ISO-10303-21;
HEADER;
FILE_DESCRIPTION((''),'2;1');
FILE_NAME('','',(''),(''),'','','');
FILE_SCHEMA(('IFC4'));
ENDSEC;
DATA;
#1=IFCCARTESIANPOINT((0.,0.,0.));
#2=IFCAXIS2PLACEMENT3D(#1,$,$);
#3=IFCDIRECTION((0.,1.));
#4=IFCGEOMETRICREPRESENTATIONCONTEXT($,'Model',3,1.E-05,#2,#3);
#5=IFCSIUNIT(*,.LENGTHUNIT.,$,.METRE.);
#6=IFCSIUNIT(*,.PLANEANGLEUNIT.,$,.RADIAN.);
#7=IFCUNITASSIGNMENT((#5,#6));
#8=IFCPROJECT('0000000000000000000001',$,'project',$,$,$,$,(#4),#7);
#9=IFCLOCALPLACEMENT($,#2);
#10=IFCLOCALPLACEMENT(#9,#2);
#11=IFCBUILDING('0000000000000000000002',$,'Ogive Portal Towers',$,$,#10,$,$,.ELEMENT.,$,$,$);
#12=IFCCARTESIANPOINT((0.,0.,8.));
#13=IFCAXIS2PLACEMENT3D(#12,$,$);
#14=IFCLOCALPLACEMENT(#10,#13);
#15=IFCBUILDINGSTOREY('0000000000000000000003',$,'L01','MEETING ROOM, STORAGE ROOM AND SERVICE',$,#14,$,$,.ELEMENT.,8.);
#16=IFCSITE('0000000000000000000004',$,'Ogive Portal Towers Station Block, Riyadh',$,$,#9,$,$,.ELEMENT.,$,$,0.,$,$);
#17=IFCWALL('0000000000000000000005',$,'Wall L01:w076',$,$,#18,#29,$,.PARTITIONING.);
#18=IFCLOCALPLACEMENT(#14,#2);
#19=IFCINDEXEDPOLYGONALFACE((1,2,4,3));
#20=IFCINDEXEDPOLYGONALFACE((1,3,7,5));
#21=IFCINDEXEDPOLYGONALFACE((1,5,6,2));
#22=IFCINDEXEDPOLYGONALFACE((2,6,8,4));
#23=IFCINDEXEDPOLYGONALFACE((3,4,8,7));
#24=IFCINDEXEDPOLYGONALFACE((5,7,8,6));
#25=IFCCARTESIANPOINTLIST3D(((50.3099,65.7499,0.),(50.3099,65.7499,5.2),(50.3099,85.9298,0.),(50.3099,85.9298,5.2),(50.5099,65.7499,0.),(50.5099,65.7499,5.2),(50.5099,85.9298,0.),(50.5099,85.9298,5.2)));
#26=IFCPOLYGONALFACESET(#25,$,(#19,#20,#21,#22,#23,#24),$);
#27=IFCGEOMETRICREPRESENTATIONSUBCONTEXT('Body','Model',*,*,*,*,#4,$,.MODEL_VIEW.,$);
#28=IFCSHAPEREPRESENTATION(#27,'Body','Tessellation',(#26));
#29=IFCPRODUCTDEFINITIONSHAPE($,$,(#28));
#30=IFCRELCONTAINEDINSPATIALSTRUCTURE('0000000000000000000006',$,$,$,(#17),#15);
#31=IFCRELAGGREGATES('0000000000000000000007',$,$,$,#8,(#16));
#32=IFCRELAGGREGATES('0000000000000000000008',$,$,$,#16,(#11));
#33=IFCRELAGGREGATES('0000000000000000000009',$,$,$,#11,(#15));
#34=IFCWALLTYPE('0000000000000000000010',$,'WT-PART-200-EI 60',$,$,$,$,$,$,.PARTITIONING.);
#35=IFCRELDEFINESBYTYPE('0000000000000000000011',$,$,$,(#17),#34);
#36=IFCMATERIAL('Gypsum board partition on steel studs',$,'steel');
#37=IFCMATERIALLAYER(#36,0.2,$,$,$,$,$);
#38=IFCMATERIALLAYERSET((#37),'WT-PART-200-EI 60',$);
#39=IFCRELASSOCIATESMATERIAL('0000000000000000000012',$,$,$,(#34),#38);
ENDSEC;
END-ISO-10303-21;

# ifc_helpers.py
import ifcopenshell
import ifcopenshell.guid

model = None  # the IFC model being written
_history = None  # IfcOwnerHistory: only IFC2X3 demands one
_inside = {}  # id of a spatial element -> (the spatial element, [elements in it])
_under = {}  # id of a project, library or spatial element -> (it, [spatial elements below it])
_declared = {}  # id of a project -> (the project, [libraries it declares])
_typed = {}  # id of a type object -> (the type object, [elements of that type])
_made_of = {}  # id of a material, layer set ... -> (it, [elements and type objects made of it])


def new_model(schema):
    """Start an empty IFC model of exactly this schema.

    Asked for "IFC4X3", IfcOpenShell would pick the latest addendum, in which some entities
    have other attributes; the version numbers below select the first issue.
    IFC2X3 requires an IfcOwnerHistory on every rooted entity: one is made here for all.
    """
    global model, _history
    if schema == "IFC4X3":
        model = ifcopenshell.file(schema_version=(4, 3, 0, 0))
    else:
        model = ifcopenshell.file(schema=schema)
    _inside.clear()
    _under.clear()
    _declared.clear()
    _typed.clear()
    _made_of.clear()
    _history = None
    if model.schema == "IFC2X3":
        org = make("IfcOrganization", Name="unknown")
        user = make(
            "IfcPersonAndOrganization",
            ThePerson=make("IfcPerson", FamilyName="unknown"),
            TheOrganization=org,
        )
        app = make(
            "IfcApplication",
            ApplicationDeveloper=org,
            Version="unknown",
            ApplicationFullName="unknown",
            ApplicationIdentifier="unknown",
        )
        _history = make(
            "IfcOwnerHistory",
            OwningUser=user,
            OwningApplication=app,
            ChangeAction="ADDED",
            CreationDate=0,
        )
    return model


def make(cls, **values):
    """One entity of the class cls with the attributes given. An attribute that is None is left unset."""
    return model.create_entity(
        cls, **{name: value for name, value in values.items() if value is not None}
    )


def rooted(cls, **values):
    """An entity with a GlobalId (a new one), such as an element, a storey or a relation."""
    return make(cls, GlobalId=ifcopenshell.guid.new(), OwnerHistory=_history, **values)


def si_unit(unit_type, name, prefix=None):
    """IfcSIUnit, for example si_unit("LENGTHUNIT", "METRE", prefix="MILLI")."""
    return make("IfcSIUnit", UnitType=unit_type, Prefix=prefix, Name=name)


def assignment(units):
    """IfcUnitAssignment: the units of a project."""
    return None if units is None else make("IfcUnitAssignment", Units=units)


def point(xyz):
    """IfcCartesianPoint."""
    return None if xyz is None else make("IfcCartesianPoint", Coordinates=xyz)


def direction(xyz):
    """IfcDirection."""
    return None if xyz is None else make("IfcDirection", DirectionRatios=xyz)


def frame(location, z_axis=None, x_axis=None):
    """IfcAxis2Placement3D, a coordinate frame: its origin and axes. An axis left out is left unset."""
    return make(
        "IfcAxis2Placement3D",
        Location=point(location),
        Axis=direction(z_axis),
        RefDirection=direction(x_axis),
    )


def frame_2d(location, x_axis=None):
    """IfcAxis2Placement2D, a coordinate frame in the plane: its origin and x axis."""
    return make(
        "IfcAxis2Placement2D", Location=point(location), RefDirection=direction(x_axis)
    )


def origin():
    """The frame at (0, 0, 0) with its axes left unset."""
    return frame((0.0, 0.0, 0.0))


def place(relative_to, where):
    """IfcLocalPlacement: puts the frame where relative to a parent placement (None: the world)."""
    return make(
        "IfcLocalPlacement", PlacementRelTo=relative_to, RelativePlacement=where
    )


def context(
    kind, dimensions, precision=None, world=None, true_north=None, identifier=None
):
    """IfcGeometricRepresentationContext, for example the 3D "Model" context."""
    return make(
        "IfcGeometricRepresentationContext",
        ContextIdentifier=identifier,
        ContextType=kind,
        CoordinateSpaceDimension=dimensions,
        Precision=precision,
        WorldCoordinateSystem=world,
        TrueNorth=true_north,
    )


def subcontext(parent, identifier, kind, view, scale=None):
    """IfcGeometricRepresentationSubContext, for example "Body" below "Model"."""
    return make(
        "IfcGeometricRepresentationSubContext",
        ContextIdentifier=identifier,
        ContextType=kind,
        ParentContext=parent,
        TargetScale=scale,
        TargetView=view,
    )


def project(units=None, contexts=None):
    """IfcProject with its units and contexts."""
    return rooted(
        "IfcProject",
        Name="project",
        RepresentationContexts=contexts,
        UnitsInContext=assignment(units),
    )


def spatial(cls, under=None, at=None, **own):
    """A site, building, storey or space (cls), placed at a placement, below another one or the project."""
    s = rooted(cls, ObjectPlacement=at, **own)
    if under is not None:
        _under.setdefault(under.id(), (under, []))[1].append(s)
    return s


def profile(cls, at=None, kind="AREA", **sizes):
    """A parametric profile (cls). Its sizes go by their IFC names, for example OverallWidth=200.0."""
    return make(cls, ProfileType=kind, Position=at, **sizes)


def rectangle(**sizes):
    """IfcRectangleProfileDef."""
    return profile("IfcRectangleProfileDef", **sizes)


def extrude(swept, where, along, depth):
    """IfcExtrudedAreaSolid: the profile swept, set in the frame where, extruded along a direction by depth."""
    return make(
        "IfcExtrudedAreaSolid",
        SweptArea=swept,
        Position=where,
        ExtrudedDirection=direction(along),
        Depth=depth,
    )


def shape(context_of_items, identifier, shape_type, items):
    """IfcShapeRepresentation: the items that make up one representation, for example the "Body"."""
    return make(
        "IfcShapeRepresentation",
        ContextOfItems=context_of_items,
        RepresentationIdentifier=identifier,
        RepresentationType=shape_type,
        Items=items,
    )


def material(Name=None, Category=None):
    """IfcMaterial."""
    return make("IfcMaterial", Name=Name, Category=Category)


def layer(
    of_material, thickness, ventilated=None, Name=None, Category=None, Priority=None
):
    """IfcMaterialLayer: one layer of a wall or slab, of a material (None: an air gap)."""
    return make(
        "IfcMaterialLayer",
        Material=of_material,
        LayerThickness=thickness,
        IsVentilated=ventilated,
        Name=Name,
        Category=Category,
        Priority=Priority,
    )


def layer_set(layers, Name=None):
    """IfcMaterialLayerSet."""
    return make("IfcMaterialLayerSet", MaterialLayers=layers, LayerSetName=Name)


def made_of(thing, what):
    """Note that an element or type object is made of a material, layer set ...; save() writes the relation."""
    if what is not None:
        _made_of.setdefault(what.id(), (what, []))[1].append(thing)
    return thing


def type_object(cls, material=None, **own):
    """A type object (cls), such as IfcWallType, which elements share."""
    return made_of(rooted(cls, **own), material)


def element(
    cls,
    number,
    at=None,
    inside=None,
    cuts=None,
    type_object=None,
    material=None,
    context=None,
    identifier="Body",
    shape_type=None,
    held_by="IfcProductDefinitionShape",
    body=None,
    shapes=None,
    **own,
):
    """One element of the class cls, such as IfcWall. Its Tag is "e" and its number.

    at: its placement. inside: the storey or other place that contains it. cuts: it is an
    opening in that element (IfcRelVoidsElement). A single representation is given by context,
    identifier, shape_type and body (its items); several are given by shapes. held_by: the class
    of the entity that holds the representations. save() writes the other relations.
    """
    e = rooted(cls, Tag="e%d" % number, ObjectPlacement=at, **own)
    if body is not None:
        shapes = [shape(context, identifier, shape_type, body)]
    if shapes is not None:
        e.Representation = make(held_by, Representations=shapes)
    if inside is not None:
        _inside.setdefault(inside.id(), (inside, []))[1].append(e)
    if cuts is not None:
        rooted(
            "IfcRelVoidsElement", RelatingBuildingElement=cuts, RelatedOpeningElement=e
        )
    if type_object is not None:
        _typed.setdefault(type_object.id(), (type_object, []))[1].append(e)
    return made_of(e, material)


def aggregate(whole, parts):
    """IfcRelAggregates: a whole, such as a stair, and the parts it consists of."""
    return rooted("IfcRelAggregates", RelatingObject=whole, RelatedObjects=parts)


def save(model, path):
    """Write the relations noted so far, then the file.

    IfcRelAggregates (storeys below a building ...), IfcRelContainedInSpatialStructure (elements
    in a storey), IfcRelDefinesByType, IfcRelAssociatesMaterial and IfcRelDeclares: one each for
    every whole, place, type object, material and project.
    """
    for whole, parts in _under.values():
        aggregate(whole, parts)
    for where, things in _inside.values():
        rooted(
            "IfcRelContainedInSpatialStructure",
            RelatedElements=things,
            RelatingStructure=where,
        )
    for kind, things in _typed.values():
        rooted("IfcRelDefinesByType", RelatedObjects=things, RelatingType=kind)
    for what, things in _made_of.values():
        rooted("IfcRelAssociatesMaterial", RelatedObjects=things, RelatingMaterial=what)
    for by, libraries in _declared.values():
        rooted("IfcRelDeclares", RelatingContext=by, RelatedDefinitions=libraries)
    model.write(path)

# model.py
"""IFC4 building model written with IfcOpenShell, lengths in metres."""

from ifc_helpers import new_model, si_unit, direction, frame, frame_2d, origin, place, context, subcontext, project, spatial, rectangle, extrude, material, layer, layer_set, type_object, element, save


model = new_model("IFC4")

# Units and contexts
model_context = context("Model", 3, precision=1e-05, world=origin(), true_north=direction((0.0, 1.0)))
body_context = subcontext(model_context, "Body", "Model", "MODEL_VIEW")
ifc_project = project(units=[si_unit("LENGTHUNIT", "METRE"), si_unit("PLANEANGLEUNIT", "RADIAN")], contexts=[model_context])

# Site, building, storey
site_placement = place(None, origin())
site = spatial("IfcSite", under=ifc_project, at=site_placement, Name="Ogive Portal Towers Station Block, Riyadh", CompositionType="ELEMENT", RefElevation=0.0)
building_placement = place(site_placement, origin())
building = spatial("IfcBuilding", under=site, at=building_placement, Name="Ogive Portal Towers", CompositionType="ELEMENT")
storey_placement = place(building_placement, frame((0.0, 0.0, 8.0)))
storey = spatial("IfcBuildingStorey", under=building, at=storey_placement, Name="L01", Description="MEETING ROOM, STORAGE ROOM AND SERVICE", CompositionType="ELEMENT", Elevation=8.0)

# Shared definitions
ifc_material_1 = material(Name="Gypsum board partition on steel studs", Category="steel")
ifc_layer_1 = layer(ifc_material_1, 0.2)
ifc_layer_set_1 = layer_set([ifc_layer_1], Name="WT-PART-200-EI 60")
wall_type_1 = type_object("IfcWallType", Name="WT-PART-200-EI 60", PredefinedType="PARTITIONING", material=ifc_layer_set_1)

# Wall
wall_1_placement = place(storey_placement, frame((50.4099, 65.75, 0.0), z_axis=(0.0, 0.0, 1.0), x_axis=(0.0, 1.0, 0.0)))
element("IfcWall", 1, at=wall_1_placement, inside=storey, type_object=wall_type_1, Name="Wall L01:w076", PredefinedType="PARTITIONING", context=body_context, shape_type="SweptSolid", body=[
    extrude(rectangle(XDim=20.1799, YDim=0.2, at=frame_2d((10.0898, 0.0))), origin(), (0.0, 0.0, 1.0), 5.2),
])

save(model, "model.ifc")
